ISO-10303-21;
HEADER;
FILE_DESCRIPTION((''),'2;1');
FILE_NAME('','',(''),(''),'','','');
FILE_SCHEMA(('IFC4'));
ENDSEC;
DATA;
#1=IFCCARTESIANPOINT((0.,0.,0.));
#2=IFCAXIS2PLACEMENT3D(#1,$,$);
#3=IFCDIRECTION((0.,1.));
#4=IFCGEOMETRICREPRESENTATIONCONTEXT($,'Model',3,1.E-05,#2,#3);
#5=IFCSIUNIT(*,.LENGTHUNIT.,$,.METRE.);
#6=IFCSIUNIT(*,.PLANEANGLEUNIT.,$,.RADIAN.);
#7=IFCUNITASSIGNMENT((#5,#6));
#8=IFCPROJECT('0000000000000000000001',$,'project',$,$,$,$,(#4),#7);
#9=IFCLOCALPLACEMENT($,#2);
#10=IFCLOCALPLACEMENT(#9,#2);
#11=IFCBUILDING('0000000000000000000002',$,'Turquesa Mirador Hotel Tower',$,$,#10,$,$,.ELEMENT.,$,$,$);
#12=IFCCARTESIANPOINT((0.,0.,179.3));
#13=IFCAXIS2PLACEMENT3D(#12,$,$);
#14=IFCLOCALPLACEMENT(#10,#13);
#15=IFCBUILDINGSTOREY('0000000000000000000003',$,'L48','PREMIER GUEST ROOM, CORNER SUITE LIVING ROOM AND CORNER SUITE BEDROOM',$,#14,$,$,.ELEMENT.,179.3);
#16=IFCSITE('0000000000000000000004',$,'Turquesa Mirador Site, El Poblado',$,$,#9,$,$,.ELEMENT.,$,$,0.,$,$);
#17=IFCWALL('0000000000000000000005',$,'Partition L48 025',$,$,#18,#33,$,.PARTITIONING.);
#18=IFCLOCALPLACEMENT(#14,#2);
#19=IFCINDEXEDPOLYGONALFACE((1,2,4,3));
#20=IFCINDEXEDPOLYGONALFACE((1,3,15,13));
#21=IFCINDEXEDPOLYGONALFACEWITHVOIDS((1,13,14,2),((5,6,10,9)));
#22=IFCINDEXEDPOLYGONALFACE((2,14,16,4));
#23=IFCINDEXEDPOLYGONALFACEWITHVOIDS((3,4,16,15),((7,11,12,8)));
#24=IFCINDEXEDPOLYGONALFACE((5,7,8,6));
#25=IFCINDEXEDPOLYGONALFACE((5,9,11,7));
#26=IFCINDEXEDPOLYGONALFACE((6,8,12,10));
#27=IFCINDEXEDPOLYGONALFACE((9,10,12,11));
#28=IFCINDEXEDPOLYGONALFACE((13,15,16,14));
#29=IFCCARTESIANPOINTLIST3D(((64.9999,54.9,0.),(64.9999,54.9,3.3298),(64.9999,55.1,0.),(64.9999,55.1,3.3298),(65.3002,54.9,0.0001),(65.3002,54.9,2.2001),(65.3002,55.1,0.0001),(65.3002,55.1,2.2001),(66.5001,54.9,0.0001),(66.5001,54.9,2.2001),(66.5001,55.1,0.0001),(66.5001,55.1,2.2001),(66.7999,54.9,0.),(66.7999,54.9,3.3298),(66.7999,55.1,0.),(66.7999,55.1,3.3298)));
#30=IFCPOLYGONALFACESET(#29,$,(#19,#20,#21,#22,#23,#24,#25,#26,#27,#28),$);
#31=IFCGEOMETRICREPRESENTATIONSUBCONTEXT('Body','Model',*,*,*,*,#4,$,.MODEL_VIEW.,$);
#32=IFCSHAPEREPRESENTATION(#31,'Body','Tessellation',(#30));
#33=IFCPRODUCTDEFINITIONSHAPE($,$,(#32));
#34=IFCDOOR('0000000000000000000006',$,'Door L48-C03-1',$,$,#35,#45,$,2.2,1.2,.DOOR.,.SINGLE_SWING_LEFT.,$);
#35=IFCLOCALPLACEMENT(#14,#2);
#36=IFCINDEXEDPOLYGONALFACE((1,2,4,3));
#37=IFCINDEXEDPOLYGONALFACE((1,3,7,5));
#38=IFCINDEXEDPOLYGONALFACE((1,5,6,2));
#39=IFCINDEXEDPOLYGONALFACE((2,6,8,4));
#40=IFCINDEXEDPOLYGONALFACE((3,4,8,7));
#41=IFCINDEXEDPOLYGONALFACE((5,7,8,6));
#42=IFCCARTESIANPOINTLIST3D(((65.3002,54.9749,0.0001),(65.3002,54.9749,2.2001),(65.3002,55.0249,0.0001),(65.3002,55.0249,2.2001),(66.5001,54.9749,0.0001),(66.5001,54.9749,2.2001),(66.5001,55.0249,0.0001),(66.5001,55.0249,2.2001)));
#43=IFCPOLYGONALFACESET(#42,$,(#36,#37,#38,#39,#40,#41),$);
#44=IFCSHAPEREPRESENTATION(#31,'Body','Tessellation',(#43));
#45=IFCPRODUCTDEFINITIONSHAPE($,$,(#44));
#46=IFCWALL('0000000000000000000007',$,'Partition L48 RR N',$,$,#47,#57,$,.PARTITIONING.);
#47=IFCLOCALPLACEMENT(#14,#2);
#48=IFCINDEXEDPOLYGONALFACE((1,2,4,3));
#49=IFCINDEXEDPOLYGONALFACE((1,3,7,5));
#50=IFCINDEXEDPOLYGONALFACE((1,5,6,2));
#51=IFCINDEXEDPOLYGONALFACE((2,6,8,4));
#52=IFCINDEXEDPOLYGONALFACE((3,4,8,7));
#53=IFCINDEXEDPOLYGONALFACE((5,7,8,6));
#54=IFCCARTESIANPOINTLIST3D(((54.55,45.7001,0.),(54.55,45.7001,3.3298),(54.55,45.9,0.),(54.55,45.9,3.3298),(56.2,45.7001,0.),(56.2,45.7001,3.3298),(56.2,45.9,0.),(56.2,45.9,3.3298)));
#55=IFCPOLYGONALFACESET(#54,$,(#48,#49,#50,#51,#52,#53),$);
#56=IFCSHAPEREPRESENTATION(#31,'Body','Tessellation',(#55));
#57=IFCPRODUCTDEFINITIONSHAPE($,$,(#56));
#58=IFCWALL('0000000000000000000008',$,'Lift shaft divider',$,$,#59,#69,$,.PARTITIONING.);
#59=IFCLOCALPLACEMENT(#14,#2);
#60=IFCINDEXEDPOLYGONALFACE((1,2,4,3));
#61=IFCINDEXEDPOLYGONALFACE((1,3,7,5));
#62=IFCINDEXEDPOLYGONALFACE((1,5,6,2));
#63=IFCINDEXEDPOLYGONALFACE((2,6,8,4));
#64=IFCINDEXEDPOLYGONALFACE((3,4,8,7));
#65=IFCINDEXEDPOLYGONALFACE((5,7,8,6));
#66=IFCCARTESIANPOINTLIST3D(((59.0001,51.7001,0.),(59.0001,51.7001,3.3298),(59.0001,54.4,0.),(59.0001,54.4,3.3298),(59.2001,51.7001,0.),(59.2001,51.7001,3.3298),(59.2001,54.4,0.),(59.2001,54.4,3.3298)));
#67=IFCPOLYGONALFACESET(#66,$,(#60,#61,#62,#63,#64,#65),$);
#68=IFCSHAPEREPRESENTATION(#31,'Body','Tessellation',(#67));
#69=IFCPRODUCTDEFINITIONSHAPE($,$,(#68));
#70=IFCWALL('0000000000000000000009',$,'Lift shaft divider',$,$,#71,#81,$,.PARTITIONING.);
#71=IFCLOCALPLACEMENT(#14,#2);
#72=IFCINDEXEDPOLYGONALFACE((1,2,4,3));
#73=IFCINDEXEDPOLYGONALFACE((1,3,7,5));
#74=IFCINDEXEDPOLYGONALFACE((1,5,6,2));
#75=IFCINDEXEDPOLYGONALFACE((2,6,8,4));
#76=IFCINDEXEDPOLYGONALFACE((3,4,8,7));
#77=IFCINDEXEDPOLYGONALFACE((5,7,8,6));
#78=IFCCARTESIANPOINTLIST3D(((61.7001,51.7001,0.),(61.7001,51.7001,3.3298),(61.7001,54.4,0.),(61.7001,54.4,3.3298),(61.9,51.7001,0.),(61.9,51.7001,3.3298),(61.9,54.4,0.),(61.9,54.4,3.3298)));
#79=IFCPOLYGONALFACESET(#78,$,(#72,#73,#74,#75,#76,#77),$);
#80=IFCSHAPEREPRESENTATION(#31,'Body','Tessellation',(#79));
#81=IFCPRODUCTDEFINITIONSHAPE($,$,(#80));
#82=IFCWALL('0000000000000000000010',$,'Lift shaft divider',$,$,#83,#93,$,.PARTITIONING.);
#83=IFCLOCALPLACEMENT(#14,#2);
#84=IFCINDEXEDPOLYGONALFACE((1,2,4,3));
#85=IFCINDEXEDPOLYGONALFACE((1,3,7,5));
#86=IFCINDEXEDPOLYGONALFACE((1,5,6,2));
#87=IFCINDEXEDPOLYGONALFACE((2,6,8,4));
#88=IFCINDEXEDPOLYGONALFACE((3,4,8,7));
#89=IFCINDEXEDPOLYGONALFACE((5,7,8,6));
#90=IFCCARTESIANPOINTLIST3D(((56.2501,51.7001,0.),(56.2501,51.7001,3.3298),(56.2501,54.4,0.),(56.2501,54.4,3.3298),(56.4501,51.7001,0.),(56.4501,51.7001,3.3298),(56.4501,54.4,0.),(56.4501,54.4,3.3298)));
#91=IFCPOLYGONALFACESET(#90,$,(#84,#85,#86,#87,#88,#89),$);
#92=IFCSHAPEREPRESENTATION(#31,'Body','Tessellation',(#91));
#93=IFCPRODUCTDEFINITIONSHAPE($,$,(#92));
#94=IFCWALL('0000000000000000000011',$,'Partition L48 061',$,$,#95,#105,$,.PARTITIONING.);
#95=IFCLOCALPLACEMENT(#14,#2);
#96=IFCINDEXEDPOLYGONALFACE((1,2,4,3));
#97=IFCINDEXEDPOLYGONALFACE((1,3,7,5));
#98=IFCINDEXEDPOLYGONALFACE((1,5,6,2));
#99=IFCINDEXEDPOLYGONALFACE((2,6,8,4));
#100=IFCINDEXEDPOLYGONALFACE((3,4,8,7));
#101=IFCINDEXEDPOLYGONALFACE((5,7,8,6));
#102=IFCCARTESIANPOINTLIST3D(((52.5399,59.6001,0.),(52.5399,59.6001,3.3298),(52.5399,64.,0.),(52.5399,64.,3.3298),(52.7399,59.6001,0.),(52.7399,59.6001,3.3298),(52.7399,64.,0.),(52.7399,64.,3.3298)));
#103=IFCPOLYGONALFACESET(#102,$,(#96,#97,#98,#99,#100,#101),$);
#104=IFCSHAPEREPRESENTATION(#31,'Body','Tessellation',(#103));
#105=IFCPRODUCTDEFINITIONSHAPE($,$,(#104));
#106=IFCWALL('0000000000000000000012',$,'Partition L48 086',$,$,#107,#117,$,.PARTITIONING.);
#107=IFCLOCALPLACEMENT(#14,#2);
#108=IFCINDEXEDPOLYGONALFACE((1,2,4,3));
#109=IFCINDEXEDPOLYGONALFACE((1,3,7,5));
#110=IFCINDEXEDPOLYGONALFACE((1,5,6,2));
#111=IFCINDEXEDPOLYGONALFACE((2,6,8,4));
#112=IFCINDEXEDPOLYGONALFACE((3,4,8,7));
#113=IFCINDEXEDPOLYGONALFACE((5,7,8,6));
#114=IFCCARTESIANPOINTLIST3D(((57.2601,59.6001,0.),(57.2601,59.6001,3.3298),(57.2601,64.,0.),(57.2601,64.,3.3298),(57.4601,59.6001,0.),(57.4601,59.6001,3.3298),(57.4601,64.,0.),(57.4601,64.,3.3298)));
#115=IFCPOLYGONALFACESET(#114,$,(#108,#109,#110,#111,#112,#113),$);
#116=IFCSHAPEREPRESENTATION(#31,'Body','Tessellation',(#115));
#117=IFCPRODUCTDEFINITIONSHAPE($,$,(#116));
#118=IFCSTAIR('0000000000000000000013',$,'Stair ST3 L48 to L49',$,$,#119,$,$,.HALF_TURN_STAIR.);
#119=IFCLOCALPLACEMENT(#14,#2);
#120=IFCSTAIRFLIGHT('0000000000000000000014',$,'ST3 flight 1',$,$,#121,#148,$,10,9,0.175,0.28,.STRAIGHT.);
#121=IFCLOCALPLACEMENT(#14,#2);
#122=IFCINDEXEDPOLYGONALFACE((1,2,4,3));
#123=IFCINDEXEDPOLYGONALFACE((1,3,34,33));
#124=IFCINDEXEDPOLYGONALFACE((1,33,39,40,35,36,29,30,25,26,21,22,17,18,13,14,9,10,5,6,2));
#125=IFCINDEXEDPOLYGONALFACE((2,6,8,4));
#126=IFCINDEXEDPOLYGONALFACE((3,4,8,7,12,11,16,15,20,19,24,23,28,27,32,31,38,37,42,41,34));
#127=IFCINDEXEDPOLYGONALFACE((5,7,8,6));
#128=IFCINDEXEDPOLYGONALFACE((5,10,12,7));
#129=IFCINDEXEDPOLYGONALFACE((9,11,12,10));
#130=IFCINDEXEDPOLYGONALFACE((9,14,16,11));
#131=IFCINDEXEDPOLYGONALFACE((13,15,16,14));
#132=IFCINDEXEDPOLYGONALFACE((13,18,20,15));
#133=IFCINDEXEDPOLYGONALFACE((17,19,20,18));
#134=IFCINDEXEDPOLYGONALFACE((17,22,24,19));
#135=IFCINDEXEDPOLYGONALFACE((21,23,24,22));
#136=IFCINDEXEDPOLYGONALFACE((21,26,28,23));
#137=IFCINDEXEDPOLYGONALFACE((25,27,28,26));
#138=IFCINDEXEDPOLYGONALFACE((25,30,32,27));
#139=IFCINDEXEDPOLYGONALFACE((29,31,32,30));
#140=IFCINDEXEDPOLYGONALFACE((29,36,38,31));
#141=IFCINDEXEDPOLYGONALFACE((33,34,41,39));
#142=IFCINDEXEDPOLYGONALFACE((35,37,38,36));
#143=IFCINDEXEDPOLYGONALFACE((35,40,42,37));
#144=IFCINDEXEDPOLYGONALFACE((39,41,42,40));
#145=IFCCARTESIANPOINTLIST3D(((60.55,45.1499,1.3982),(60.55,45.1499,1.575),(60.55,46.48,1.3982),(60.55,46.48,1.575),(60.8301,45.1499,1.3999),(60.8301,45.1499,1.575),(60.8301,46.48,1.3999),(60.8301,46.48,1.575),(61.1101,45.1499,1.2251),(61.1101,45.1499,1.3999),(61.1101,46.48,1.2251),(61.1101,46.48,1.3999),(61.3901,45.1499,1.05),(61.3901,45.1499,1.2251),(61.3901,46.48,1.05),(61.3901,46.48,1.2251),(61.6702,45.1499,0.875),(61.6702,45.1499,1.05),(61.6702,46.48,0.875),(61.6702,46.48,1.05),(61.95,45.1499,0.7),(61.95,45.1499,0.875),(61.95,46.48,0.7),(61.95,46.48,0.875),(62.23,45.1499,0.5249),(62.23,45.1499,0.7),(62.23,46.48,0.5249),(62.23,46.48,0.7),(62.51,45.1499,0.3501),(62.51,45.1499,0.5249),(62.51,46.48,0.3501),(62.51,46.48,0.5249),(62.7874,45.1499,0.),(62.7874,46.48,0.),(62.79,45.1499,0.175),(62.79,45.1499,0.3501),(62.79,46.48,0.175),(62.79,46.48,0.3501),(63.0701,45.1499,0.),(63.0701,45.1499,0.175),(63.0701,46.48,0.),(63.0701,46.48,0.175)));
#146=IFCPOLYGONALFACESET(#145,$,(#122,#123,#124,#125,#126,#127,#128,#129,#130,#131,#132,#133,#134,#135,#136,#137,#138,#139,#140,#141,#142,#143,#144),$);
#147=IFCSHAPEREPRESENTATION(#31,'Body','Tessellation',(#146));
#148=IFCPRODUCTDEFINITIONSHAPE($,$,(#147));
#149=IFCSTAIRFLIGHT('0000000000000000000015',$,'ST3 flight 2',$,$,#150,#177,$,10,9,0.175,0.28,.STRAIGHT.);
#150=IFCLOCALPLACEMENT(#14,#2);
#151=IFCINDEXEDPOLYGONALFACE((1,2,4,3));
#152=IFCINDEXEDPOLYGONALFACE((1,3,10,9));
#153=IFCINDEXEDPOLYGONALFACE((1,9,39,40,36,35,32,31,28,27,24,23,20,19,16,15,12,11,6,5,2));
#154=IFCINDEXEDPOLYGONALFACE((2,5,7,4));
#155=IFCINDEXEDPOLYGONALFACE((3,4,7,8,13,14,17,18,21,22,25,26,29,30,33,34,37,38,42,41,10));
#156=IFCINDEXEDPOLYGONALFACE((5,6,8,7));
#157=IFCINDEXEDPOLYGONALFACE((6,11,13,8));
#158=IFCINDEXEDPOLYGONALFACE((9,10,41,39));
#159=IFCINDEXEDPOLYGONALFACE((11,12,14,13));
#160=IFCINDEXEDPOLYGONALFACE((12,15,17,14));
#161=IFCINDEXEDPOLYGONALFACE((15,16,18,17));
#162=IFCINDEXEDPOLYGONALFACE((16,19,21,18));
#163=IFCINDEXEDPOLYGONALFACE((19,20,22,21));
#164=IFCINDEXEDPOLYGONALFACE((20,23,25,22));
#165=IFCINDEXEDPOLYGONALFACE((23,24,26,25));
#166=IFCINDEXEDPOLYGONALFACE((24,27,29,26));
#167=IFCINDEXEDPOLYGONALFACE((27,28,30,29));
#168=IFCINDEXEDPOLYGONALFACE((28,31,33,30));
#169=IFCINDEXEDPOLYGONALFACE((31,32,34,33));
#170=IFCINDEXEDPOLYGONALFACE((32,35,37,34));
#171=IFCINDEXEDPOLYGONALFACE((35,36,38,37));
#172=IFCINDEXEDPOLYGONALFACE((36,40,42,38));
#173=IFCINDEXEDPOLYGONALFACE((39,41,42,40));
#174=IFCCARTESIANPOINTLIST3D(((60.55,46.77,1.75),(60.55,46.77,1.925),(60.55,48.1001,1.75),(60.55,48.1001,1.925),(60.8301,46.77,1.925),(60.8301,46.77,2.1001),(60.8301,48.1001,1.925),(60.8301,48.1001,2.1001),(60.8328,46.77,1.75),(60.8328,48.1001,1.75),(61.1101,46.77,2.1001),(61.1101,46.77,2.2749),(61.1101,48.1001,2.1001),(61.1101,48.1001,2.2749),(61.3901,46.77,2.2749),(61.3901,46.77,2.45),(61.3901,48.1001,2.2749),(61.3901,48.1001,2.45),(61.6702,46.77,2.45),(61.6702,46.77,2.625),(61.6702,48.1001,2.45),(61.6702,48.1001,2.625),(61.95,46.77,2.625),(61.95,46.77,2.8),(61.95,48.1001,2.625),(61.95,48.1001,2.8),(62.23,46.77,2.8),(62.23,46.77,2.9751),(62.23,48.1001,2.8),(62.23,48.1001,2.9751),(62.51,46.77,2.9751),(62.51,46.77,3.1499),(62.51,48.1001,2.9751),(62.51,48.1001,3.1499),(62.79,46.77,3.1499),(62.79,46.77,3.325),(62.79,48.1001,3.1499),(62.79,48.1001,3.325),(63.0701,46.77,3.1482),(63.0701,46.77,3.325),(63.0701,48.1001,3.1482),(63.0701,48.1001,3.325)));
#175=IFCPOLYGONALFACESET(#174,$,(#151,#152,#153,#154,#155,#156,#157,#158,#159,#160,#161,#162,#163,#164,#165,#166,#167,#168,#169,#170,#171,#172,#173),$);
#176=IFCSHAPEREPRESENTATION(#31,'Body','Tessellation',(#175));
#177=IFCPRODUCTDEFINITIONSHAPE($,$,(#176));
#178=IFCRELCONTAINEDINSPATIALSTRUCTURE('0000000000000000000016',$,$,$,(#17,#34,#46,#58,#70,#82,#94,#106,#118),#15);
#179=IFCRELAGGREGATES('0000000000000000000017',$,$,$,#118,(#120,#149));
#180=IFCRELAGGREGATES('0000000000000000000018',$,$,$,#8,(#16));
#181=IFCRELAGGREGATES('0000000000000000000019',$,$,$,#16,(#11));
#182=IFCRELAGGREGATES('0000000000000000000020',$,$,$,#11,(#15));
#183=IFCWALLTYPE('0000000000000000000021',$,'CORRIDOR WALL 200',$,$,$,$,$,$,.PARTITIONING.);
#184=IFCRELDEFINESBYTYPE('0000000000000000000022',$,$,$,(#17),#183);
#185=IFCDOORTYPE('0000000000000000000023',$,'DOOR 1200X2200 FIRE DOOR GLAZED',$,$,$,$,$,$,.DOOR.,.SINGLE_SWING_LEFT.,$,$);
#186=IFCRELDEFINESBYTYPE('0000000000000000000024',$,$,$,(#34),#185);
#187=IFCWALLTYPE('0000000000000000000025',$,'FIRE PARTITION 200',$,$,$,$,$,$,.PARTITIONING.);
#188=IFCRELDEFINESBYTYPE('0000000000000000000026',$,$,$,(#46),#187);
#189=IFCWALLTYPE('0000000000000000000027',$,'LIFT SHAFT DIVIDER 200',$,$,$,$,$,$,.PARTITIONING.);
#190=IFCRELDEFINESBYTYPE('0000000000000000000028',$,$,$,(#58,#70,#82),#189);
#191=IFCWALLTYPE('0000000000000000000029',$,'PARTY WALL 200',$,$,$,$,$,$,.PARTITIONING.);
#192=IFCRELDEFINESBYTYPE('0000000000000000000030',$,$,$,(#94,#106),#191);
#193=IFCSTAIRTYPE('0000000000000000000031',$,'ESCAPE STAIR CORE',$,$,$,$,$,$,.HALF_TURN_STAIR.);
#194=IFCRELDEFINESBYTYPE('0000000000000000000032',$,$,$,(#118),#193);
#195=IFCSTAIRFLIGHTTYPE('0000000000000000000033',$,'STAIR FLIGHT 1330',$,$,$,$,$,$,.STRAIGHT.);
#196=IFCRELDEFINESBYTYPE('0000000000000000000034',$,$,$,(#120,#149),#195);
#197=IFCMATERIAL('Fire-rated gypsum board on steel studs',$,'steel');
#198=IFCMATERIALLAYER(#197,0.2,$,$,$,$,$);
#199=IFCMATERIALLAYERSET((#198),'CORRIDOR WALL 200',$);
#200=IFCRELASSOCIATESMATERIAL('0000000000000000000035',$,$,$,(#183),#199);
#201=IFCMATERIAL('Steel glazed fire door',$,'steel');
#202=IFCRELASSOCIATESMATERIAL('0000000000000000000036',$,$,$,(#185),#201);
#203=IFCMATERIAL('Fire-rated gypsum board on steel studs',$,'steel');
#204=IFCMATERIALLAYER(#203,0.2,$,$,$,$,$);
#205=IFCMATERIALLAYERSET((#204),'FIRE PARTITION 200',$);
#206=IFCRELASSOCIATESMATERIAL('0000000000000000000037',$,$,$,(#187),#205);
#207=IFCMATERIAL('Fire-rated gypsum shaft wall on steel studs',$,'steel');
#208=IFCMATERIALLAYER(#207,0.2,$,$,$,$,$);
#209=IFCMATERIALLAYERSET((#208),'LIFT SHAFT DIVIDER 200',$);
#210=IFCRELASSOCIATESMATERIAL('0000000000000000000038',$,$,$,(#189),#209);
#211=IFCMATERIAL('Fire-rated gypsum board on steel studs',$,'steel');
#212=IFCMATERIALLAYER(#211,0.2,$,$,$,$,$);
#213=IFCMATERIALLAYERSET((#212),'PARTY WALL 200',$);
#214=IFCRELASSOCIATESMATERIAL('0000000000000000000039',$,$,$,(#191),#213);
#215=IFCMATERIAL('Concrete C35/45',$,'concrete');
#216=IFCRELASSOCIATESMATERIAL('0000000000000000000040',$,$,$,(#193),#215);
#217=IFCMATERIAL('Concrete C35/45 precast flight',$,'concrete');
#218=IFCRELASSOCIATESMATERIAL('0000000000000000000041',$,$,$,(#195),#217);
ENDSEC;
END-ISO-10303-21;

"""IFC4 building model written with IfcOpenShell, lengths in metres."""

from ifc_helpers import new_model, si_unit, direction, frame, frame_2d, origin, place, context, subcontext, project, spatial, polyline, rectangle, outline, extrude, material, layer, layer_set, type_object, element, fill, aggregate, save


model = new_model("IFC4")

# Units and contexts
model_context = context("Model", 3, precision=1e-05, world=origin(), true_north=direction((0.0, 1.0)))
body_context = subcontext(model_context, "Body", "Model", "MODEL_VIEW")
ifc_project = project(units=[si_unit("LENGTHUNIT", "METRE"), si_unit("PLANEANGLEUNIT", "RADIAN")], contexts=[model_context])

# Site, building, storey
site_placement = place(None, origin())
site = spatial("IfcSite", under=ifc_project, at=site_placement, Name="Turquesa Mirador Site, El Poblado", CompositionType="ELEMENT", RefElevation=0.0)
building_placement = place(site_placement, origin())
building = spatial("IfcBuilding", under=site, at=building_placement, Name="Turquesa Mirador Hotel Tower", CompositionType="ELEMENT")
storey_placement = place(building_placement, frame((0.0, 0.0, 179.3)))
storey = spatial("IfcBuildingStorey", under=building, at=storey_placement, Name="L48", Description="PREMIER GUEST ROOM, CORNER SUITE LIVING ROOM AND CORNER SUITE BEDROOM", CompositionType="ELEMENT", Elevation=179.3)

# Wall, opening, door
ifc_material_1 = material(Name="Fire-rated gypsum board on steel studs", Category="steel")
ifc_layer_1 = layer(ifc_material_1, 0.2)
ifc_layer_set_1 = layer_set([ifc_layer_1], Name="CORRIDOR WALL 200")
wall_type_1 = type_object("IfcWallType", Name="CORRIDOR WALL 200", PredefinedType="PARTITIONING", material=ifc_layer_set_1)
wall_1_placement = place(storey_placement, frame((65.0, 55.0, 0.0), z_axis=(0.0, 0.0, 1.0), x_axis=(1.0, 0.0, 0.0)))
wall_1 = element("IfcWall", 1, at=wall_1_placement, inside=storey, type_object=wall_type_1, Name="Partition L48 025", PredefinedType="PARTITIONING", context=body_context, shape_type="SweptSolid", body=[
    extrude(rectangle(XDim=1.8, YDim=0.2, at=frame_2d((0.8999, 0.0))), origin(), (0.0, 0.0, 1.0), 3.3298),
])
opening_1_placement = place(wall_1_placement, frame((0.3, 0.0, 0.0)))
opening_1 = element("IfcOpeningElement", 2, at=opening_1_placement, cuts=wall_1, PredefinedType="OPENING", context=body_context, shape_type="SweptSolid", body=[
    extrude(rectangle(XDim=1.2, YDim=2.2, at=frame_2d((0.6001, 1.1001))), frame((0.0, 0.1099, 0.0), z_axis=(0.0, -1.0, 0.0), x_axis=(1.0, 0.0, 0.0)), (0.0, 0.0, 1.0), 0.22),
])
ifc_material_2 = material(Name="Steel glazed fire door", Category="steel")
door_type_1 = type_object("IfcDoorType", Name="DOOR 1200X2200 FIRE DOOR GLAZED", OperationType="SINGLE_SWING_LEFT", PredefinedType="DOOR", material=ifc_material_2)
door_1_placement = place(opening_1_placement, origin())
door_1 = element("IfcDoor", 3, at=door_1_placement, inside=storey, type_object=door_type_1, Name="Door L48-C03-1", OperationType="SINGLE_SWING_LEFT", OverallHeight=2.2, OverallWidth=1.2, PredefinedType="DOOR", context=body_context, shape_type="SweptSolid", body=[
    extrude(rectangle(XDim=1.2, YDim=2.2, at=frame_2d((0.6001, 1.1001))), frame((0.0, 0.0249, 0.0), z_axis=(0.0, -1.0, 0.0), x_axis=(1.0, 0.0, 0.0)), (0.0, 0.0, 1.0), 0.05),
])
fill(opening_1, door_1)

# Walls
ifc_material_3 = material(Name="Fire-rated gypsum board on steel studs", Category="steel")
ifc_layer_2 = layer(ifc_material_3, 0.2)
ifc_layer_set_2 = layer_set([ifc_layer_2], Name="FIRE PARTITION 200")
wall_type_2 = type_object("IfcWallType", Name="FIRE PARTITION 200", PredefinedType="PARTITIONING", material=ifc_layer_set_2)
wall_2_placement = place(storey_placement, frame((54.55, 45.8, 0.0), z_axis=(0.0, 0.0, 1.0), x_axis=(1.0, 0.0, 0.0)))
element("IfcWall", 4, at=wall_2_placement, inside=storey, type_object=wall_type_2, Name="Partition L48 RR N", PredefinedType="PARTITIONING", context=body_context, shape_type="SweptSolid", body=[
    extrude(rectangle(XDim=1.6499, YDim=0.2, at=frame_2d((0.825, 0.0))), origin(), (0.0, 0.0, 1.0), 3.3298),
])
ifc_material_4 = material(Name="Fire-rated gypsum shaft wall on steel studs", Category="steel")
ifc_layer_3 = layer(ifc_material_4, 0.2)
ifc_layer_set_3 = layer_set([ifc_layer_3], Name="LIFT SHAFT DIVIDER 200")
wall_type_3 = type_object("IfcWallType", Name="LIFT SHAFT DIVIDER 200", PredefinedType="PARTITIONING", material=ifc_layer_set_3)
for number, where, z_axis, x_axis, name in (
    (5, (59.1001, 51.7, 0.0), (0.0, 0.0, 1.0), (0.0, 1.0, 0.0), "Lift shaft divider"),
    (6, (61.8, 51.7, 0.0), (0.0, 0.0, 1.0), (0.0, 1.0, 0.0), "Lift shaft divider"),
    (7, (56.3501, 51.7, 0.0), (0.0, 0.0, 1.0), (0.0, 1.0, 0.0), "Lift shaft divider"),
):
    element("IfcWall", number, at=place(storey_placement, frame(where, z_axis=z_axis, x_axis=x_axis)), inside=storey, type_object=wall_type_3, Name=name, PredefinedType="PARTITIONING", context=body_context, shape_type="SweptSolid", body=[
        extrude(rectangle(XDim=2.7, YDim=0.2, at=frame_2d((1.3501, 0.0))), origin(), (0.0, 0.0, 1.0), 3.3298),
    ])
ifc_material_5 = material(Name="Fire-rated gypsum board on steel studs", Category="steel")
ifc_layer_4 = layer(ifc_material_5, 0.2)
ifc_layer_set_4 = layer_set([ifc_layer_4], Name="PARTY WALL 200")
wall_type_4 = type_object("IfcWallType", Name="PARTY WALL 200", PredefinedType="PARTITIONING", material=ifc_layer_set_4)
for number, where, z_axis, x_axis, name in (
    (8, (52.6399, 59.6001, 0.0), (0.0, 0.0, 1.0), (0.0, 1.0, 0.0), "Partition L48 061"),
    (9, (57.3601, 59.6001, 0.0), (0.0, 0.0, 1.0), (0.0, 1.0, 0.0), "Partition L48 086"),
):
    element("IfcWall", number, at=place(storey_placement, frame(where, z_axis=z_axis, x_axis=x_axis)), inside=storey, type_object=wall_type_4, Name=name, PredefinedType="PARTITIONING", context=body_context, shape_type="SweptSolid", body=[
        extrude(rectangle(XDim=4.3999, YDim=0.2, at=frame_2d((2.2, 0.0))), origin(), (0.0, 0.0, 1.0), 3.3298),
    ])

# Stair, stair flights
ifc_material_6 = material(Name="Concrete C35/45", Category="concrete")
stair_type = type_object("IfcStairType", Name="ESCAPE STAIR CORE", PredefinedType="HALF_TURN_STAIR", material=ifc_material_6)
stair_placement = place(storey_placement, origin())
stair = element("IfcStair", 10, at=stair_placement, inside=storey, type_object=stair_type, Name="Stair ST3 L48 to L49", PredefinedType="HALF_TURN_STAIR")
ifc_material_7 = material(Name="Concrete C35/45 precast flight", Category="concrete")
stair_flight_type = type_object("IfcStairFlightType", Name="STAIR FLIGHT 1330", PredefinedType="STRAIGHT", material=ifc_material_7)
stair_flight_1_placement = place(storey_placement, frame((63.0701, 45.8149, 0.0), z_axis=(0.0, 0.0, 1.0), x_axis=(-1.0, 0.0, 0.0)))
stair_flight_1 = element("IfcStairFlight", 11, at=stair_flight_1_placement, type_object=stair_flight_type, Name="ST3 flight 1", NumberOfRisers=10, NumberOfTreads=9, PredefinedType="STRAIGHT", RiserHeight=0.175, TreadLength=0.28, context=body_context, shape_type="SweptSolid", body=[
    extrude(outline(polyline([(0.0, 0.0), (0.0, 0.175), (0.28, 0.175), (0.28, 0.3501), (0.5601, 0.3501), (0.5601, 0.5249), (0.8401, 0.5249), (0.8401, 0.7), (1.1201, 0.7), (1.1201, 0.875), (1.3999, 0.875), (1.3999, 1.05), (1.6799, 1.05), (1.6799, 1.2251), (1.96, 1.2251), (1.96, 1.3999), (2.24, 1.3999), (2.24, 1.575), (2.52, 1.575), (2.52, 1.75), (2.52, 1.3982), (0.2827, 0.0), (0.0, 0.0)])), frame((0.0, 0.665, 0.0), z_axis=(0.0, -1.0, 0.0), x_axis=(1.0, 0.0, 0.0)), (0.0, 0.0, 1.0), 1.3301),
])
stair_flight_2_placement = place(storey_placement, frame((60.55, 47.4351, 1.75), z_axis=(0.0, 0.0, 1.0), x_axis=(1.0, 0.0, 0.0)))
stair_flight_2 = element("IfcStairFlight", 12, at=stair_flight_2_placement, type_object=stair_flight_type, Name="ST3 flight 2", NumberOfRisers=10, NumberOfTreads=9, PredefinedType="STRAIGHT", RiserHeight=0.175, TreadLength=0.28, context=body_context, shape_type="SweptSolid", body=[
    extrude(outline(polyline([(0.0, 0.0), (0.0, 0.175), (0.28, 0.175), (0.28, 0.3501), (0.5601, 0.3501), (0.5601, 0.5249), (0.8401, 0.5249), (0.8401, 0.7), (1.1201, 0.7), (1.1201, 0.875), (1.3999, 0.875), (1.3999, 1.05), (1.6799, 1.05), (1.6799, 1.2251), (1.96, 1.2251), (1.96, 1.3999), (2.24, 1.3999), (2.24, 1.575), (2.52, 1.575), (2.52, 1.75), (2.52, 1.3982), (0.2827, 0.0), (0.0, 0.0)])), frame((0.0, 0.665, 0.0), z_axis=(0.0, -1.0, 0.0), x_axis=(1.0, 0.0, 0.0)), (0.0, 0.0, 1.0), 1.3301),
])
aggregate(stair, [stair_flight_1, stair_flight_2])

save(model, "model.ifc")
